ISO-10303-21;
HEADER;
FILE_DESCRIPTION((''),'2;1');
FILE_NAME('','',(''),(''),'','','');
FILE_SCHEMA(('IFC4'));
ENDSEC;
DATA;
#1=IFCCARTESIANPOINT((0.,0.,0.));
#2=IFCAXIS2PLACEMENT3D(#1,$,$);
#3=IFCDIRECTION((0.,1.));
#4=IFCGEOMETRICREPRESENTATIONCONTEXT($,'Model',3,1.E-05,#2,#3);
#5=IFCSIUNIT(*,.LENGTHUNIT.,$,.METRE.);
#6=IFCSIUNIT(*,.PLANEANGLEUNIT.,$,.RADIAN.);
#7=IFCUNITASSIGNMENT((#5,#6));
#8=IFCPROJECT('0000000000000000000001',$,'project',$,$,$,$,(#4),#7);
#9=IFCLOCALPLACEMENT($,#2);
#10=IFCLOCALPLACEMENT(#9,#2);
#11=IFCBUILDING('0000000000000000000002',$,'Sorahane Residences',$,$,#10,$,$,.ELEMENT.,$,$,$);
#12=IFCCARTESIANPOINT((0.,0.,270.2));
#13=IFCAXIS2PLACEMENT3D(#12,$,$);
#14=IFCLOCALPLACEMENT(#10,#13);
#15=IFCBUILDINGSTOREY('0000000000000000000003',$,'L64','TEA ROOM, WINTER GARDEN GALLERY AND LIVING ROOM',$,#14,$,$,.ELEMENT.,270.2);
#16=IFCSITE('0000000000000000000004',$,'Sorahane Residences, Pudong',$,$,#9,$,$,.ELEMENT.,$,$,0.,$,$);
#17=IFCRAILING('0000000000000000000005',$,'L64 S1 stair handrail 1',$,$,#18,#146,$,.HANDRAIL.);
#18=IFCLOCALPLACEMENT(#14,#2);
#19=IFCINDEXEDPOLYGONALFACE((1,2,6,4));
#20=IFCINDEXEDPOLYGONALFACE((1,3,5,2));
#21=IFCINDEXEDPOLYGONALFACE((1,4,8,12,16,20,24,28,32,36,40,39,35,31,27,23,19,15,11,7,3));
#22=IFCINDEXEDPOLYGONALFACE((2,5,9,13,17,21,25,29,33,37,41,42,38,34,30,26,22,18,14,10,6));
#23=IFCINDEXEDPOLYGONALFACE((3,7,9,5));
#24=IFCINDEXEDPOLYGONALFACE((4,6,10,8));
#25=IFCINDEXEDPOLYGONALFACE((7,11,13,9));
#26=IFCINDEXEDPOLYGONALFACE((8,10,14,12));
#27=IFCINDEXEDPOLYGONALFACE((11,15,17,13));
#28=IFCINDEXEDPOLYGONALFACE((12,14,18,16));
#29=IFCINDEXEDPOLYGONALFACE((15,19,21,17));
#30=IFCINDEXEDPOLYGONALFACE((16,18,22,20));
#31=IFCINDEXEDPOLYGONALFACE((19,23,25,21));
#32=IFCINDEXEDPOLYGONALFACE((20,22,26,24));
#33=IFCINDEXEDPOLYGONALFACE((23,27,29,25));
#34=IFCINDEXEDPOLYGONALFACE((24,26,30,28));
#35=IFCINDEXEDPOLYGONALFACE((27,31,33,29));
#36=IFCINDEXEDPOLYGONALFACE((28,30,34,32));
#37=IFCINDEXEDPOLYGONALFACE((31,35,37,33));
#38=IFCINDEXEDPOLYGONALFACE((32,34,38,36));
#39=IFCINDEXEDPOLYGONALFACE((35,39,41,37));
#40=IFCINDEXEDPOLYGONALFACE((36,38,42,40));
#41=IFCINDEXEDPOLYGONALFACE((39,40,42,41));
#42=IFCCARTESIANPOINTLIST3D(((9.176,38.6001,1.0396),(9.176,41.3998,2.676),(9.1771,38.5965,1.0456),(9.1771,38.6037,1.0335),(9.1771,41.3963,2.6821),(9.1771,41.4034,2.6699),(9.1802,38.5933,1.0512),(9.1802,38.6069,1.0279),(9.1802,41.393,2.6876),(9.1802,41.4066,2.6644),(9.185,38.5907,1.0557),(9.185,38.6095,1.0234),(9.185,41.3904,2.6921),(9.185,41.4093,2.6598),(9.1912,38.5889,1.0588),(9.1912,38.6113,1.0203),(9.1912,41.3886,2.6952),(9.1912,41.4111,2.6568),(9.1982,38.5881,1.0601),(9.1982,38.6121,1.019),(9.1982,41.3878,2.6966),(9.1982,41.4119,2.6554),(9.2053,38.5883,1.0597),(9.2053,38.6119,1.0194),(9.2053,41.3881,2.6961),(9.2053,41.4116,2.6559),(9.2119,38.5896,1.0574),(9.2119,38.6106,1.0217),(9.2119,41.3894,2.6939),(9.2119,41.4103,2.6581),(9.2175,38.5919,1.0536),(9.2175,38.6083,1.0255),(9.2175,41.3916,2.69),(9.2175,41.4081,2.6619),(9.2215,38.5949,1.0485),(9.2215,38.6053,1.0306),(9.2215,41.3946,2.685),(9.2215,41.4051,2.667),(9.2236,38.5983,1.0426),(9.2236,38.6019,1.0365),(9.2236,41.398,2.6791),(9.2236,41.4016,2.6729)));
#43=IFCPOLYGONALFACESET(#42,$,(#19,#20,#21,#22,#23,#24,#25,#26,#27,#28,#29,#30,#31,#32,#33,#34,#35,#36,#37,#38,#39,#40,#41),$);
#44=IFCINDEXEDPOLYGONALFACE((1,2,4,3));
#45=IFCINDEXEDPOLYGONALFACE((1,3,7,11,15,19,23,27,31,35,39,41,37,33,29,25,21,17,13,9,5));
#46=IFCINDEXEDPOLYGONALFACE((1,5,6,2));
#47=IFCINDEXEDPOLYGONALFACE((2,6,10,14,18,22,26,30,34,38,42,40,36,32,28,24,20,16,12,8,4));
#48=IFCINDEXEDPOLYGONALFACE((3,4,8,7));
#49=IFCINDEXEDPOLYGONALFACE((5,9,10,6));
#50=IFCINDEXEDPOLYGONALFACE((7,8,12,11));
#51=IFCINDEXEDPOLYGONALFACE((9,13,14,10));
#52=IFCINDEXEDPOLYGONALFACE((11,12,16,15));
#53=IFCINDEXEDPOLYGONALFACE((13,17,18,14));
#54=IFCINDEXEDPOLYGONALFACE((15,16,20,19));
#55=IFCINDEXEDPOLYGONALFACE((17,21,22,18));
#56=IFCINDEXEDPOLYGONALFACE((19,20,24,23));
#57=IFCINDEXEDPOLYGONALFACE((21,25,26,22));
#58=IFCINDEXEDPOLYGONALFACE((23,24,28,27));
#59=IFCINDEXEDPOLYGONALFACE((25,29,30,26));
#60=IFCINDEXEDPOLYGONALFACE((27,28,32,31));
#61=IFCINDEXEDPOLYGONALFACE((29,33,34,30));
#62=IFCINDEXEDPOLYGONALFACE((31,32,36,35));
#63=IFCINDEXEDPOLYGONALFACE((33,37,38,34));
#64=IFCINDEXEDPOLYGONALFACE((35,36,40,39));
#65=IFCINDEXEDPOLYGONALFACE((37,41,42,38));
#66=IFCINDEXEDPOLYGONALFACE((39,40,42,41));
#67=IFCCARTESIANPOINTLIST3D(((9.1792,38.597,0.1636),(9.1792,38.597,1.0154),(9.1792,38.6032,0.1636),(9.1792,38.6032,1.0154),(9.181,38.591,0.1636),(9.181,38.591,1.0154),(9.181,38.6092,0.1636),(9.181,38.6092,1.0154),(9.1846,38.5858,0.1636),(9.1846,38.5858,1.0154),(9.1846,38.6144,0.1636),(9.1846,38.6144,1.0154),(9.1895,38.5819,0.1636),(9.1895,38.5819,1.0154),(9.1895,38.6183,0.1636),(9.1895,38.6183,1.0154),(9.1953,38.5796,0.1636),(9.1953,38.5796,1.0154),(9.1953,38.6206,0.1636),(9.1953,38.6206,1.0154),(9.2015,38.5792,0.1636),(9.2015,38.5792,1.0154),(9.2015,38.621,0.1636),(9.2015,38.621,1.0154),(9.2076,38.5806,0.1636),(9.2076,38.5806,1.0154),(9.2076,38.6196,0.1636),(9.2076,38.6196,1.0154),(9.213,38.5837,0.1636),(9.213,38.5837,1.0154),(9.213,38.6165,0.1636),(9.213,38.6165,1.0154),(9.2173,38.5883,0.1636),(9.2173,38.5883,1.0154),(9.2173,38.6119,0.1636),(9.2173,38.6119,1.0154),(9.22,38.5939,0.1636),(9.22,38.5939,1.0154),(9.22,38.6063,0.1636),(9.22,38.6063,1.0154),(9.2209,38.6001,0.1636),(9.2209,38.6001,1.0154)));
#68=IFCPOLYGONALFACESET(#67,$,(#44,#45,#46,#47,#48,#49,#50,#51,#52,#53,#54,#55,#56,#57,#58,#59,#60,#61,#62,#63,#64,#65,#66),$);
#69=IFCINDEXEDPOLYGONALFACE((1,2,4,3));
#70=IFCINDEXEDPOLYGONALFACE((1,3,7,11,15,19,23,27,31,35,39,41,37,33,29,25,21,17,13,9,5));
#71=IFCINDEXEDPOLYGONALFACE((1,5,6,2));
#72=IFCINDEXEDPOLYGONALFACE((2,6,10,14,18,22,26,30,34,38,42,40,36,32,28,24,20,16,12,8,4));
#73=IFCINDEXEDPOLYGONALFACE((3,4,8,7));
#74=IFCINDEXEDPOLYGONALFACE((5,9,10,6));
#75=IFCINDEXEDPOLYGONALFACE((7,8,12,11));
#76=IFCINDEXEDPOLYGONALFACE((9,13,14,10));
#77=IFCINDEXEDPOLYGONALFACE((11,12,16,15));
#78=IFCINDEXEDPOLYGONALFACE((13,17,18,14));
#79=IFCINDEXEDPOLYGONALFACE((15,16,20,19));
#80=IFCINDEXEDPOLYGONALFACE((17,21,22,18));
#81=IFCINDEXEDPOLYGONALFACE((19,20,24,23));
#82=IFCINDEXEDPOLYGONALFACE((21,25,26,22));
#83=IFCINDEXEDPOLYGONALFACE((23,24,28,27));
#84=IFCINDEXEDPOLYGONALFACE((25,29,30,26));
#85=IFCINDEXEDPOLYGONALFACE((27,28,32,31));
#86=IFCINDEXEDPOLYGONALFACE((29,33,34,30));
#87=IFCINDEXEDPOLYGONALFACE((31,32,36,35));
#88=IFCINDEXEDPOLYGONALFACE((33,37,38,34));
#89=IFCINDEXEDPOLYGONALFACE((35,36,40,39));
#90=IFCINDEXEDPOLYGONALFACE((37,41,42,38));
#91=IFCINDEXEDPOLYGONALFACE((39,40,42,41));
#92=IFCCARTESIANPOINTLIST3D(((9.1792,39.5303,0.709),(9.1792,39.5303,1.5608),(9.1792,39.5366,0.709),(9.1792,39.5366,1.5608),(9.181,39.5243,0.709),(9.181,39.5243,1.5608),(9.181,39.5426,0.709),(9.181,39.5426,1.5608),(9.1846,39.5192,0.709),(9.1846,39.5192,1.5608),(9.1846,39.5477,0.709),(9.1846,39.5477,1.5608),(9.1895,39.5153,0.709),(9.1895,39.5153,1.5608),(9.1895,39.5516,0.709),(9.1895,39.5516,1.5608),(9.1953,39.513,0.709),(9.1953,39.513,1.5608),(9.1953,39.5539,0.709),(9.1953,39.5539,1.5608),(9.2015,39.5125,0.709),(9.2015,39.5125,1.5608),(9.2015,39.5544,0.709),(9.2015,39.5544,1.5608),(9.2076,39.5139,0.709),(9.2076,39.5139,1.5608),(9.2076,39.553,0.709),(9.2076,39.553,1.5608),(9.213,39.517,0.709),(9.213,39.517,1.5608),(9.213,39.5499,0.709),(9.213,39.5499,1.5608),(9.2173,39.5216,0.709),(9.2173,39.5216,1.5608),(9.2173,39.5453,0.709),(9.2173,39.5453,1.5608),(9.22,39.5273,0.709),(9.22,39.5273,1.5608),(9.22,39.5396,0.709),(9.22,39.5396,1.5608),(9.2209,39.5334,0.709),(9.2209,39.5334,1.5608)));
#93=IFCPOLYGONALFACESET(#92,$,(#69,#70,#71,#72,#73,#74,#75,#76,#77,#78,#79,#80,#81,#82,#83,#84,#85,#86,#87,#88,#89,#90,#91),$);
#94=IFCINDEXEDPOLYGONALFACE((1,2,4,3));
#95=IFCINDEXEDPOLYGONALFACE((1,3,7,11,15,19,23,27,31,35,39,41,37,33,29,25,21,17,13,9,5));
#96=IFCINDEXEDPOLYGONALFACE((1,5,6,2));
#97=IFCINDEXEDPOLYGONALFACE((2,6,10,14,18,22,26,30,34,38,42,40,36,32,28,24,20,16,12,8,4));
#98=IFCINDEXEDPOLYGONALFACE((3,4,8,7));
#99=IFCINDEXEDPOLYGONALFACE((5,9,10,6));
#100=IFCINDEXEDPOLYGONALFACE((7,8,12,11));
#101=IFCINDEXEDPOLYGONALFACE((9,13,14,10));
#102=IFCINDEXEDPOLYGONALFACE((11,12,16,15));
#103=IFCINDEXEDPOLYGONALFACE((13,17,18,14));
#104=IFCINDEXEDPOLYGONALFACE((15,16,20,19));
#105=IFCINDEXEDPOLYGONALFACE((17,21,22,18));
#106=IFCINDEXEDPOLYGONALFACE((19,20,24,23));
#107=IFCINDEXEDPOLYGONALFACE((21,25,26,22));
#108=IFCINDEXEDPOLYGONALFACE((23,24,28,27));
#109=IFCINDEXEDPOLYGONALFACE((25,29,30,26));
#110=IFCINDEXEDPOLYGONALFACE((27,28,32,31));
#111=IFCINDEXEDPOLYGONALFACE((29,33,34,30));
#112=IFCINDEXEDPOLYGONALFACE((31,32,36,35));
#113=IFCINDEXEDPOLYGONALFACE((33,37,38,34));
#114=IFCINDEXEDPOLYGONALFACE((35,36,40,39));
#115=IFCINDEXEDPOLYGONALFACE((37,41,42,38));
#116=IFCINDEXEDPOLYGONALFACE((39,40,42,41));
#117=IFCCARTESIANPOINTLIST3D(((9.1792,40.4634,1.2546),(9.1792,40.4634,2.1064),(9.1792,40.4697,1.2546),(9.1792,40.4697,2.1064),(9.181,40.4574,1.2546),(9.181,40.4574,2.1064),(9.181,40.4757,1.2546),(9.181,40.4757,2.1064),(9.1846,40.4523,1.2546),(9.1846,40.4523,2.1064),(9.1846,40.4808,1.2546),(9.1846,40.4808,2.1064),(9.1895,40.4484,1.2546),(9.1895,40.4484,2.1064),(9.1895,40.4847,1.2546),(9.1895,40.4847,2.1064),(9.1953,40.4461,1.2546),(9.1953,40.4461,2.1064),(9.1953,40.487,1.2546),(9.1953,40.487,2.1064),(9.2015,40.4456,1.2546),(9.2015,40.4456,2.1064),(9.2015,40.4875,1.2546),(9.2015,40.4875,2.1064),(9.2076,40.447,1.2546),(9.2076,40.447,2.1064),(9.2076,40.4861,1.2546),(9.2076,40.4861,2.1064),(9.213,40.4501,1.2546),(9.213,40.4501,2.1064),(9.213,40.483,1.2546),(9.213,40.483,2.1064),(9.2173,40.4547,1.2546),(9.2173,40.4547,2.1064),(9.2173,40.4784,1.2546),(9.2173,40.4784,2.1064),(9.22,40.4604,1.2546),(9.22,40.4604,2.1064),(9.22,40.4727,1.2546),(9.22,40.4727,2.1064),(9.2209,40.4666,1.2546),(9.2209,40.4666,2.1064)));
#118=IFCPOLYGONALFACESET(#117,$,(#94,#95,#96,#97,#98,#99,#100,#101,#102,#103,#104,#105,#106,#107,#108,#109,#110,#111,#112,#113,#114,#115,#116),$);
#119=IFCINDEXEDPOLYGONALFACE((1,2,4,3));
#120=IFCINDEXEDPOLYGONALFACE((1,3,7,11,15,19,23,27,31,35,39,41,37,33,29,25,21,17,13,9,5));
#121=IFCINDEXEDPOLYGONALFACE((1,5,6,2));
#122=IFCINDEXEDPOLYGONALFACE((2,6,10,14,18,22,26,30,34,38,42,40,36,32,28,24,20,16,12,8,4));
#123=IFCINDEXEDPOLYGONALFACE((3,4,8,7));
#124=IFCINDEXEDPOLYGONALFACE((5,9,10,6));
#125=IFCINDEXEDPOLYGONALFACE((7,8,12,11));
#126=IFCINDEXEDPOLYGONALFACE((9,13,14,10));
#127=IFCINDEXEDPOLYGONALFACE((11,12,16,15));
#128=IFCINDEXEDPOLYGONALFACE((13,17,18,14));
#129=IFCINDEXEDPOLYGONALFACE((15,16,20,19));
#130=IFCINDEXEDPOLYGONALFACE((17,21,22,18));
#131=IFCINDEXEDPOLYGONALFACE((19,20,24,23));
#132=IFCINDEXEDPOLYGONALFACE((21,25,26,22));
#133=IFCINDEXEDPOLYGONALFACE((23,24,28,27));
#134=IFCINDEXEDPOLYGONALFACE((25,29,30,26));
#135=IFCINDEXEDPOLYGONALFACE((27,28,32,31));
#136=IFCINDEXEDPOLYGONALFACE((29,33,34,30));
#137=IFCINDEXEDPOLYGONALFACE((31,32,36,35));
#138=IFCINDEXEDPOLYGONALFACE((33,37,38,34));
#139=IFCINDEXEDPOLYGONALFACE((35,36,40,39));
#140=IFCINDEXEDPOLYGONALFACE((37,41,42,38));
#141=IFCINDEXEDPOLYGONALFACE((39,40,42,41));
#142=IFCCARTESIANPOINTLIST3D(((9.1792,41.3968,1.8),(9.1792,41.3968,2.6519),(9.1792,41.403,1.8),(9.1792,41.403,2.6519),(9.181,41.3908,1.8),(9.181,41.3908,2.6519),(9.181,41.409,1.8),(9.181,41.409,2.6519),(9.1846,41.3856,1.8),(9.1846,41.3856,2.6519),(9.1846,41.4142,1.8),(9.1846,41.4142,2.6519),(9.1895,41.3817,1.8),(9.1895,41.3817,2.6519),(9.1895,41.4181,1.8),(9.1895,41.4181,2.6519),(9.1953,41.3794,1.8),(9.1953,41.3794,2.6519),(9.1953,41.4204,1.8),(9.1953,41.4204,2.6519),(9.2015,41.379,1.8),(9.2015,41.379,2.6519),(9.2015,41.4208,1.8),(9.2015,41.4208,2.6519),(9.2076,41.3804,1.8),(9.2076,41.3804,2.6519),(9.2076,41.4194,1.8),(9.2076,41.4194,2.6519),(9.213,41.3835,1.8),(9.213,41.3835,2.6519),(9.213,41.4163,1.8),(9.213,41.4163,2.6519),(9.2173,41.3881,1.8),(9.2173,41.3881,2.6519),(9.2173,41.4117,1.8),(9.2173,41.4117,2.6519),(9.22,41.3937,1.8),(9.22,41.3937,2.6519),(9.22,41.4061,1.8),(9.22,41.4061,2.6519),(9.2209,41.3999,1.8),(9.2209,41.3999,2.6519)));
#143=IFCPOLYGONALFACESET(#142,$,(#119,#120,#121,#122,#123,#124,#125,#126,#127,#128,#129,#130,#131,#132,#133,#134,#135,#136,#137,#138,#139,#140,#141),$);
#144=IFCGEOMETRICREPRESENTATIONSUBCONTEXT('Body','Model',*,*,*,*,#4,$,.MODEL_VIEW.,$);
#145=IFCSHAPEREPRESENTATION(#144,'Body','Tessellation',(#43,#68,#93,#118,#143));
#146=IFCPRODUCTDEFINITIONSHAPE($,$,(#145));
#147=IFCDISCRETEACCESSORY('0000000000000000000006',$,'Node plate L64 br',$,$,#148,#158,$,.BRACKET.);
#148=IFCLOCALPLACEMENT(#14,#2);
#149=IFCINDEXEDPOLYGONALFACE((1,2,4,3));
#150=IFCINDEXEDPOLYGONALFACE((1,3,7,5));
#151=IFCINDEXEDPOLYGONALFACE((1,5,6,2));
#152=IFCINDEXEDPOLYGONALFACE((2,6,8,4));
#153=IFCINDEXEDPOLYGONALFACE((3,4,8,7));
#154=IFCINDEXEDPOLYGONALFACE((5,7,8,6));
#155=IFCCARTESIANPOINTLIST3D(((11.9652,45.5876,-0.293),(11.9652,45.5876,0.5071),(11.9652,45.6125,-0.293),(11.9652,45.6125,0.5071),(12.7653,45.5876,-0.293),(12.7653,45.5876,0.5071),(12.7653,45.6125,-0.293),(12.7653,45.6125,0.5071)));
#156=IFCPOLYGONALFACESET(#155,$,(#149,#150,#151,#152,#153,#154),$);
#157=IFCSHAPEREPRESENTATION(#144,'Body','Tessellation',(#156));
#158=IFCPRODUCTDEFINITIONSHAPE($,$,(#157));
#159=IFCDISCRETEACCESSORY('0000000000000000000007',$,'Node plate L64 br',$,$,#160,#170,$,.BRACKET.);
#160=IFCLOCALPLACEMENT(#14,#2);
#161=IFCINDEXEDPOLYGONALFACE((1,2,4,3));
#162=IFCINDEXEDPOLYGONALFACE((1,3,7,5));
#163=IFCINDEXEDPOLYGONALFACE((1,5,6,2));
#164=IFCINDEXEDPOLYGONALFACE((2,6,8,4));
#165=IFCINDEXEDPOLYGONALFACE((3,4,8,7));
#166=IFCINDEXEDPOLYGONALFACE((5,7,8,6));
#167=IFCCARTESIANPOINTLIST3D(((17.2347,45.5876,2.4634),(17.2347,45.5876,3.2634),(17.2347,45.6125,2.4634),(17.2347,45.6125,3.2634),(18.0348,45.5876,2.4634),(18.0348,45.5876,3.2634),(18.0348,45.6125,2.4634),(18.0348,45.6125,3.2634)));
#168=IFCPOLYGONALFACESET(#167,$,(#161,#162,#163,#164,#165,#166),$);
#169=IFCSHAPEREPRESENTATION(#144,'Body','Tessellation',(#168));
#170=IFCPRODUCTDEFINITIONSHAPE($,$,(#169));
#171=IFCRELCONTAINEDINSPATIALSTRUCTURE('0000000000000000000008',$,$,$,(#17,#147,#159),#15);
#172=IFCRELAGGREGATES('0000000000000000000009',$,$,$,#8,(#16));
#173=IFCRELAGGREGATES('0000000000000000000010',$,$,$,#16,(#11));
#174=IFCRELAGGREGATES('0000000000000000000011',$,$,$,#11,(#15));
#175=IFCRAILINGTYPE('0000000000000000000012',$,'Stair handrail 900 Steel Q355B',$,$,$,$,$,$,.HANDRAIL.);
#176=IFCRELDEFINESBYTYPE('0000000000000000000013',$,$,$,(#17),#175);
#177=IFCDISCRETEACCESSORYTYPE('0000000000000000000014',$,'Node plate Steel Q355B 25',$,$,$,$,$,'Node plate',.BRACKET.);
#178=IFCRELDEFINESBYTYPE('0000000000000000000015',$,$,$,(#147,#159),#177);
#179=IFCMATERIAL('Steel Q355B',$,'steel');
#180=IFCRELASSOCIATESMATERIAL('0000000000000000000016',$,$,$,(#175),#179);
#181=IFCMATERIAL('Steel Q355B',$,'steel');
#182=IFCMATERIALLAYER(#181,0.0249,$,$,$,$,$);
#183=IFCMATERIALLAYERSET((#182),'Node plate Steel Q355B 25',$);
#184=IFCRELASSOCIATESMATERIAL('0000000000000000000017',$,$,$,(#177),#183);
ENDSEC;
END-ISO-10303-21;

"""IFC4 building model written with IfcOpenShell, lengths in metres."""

from ifc_helpers import new_model, si_unit, direction, frame, origin, origin_2d, place, context, subcontext, project, spatial, rectangle, circle, extrude, material, layer, layer_set, type_object, element, save


model = new_model("IFC4")

# Units and contexts
model_context = context("Model", 3, precision=1e-05, world=origin(), true_north=direction((0.0, 1.0)))
body_context = subcontext(model_context, "Body", "Model", "MODEL_VIEW")
ifc_project = project(units=[si_unit("LENGTHUNIT", "METRE"), si_unit("PLANEANGLEUNIT", "RADIAN")], contexts=[model_context])

# Site, building, storey
site_placement = place(None, origin())
site = spatial("IfcSite", under=ifc_project, at=site_placement, Name="Sorahane Residences, Pudong", CompositionType="ELEMENT", RefElevation=0.0)
building_placement = place(site_placement, origin())
building = spatial("IfcBuilding", under=site, at=building_placement, Name="Sorahane Residences", CompositionType="ELEMENT")
storey_placement = place(building_placement, frame((0.0, 0.0, 270.2)))
storey = spatial("IfcBuildingStorey", under=building, at=storey_placement, Name="L64", Description="TEA ROOM, WINTER GARDEN GALLERY AND LIVING ROOM", CompositionType="ELEMENT", Elevation=270.2)

# Railing
ifc_material_1 = material(Name="Steel Q355B", Category="steel")
railing_type_1 = type_object("IfcRailingType", Name="Stair handrail 900 Steel Q355B", PredefinedType="HANDRAIL", material=ifc_material_1)
railing_1_placement = place(storey_placement, frame((9.2, 38.6001, 0.1636)))
element("IfcRailing", 1, at=railing_1_placement, inside=storey, type_object=railing_type_1, Name="L64 S1 stair handrail 1", PredefinedType="HANDRAIL", context=body_context, shape_type="SweptSolid", body=[
    extrude(circle(Radius=0.0239, at=origin_2d()), frame((0.0, 0.0, 0.876), z_axis=(0.0, 0.863342, 0.50462), x_axis=(-1.0, 0.0, 0.0)), (0.0, 0.0, 1.0), 3.2429),
    extrude(circle(Radius=0.021, at=origin_2d()), origin(), (0.0, 0.0, 1.0), 0.8518),
    extrude(circle(Radius=0.021, at=origin_2d()), frame((0.0, 0.9333, 0.5454)), (0.0, 0.0, 1.0), 0.8518),
    extrude(circle(Radius=0.021, at=origin_2d()), frame((0.0, 1.8665, 1.0911)), (0.0, 0.0, 1.0), 0.8518),
    extrude(circle(Radius=0.021, at=origin_2d()), frame((0.0, 2.7998, 1.6365)), (0.0, 0.0, 1.0), 0.8518),
])

# Discrete accessories
ifc_material_2 = material(Name="Steel Q355B", Category="steel")
ifc_layer_1 = layer(ifc_material_2, 0.0249)
ifc_layer_set_1 = layer_set([ifc_layer_1], Name="Node plate Steel Q355B 25")
discrete_accessory_type = type_object("IfcDiscreteAccessoryType", Name="Node plate Steel Q355B 25", ElementType="Node plate", PredefinedType="BRACKET", material=ifc_layer_set_1)
for number, where, z_axis, x_axis, name in (
    (2, (12.3652, 45.6001, -0.293), (0.0, 0.0, 1.0), (1.0, 0.0, 0.0), "Node plate L64 br"),
    (3, (17.6348, 45.6001, 2.4634), (0.0, 0.0, 1.0), (1.0, 0.0, 0.0), "Node plate L64 br"),
):
    element("IfcDiscreteAccessory", number, at=place(storey_placement, frame(where, z_axis=z_axis, x_axis=x_axis)), inside=storey, type_object=discrete_accessory_type, Name=name, PredefinedType="BRACKET", context=body_context, shape_type="SweptSolid", body=[
        extrude(rectangle(XDim=0.8, YDim=0.0249, at=origin_2d()), origin(), (0.0, 0.0, 1.0), 0.8),
    ])

save(model, "model.ifc")
